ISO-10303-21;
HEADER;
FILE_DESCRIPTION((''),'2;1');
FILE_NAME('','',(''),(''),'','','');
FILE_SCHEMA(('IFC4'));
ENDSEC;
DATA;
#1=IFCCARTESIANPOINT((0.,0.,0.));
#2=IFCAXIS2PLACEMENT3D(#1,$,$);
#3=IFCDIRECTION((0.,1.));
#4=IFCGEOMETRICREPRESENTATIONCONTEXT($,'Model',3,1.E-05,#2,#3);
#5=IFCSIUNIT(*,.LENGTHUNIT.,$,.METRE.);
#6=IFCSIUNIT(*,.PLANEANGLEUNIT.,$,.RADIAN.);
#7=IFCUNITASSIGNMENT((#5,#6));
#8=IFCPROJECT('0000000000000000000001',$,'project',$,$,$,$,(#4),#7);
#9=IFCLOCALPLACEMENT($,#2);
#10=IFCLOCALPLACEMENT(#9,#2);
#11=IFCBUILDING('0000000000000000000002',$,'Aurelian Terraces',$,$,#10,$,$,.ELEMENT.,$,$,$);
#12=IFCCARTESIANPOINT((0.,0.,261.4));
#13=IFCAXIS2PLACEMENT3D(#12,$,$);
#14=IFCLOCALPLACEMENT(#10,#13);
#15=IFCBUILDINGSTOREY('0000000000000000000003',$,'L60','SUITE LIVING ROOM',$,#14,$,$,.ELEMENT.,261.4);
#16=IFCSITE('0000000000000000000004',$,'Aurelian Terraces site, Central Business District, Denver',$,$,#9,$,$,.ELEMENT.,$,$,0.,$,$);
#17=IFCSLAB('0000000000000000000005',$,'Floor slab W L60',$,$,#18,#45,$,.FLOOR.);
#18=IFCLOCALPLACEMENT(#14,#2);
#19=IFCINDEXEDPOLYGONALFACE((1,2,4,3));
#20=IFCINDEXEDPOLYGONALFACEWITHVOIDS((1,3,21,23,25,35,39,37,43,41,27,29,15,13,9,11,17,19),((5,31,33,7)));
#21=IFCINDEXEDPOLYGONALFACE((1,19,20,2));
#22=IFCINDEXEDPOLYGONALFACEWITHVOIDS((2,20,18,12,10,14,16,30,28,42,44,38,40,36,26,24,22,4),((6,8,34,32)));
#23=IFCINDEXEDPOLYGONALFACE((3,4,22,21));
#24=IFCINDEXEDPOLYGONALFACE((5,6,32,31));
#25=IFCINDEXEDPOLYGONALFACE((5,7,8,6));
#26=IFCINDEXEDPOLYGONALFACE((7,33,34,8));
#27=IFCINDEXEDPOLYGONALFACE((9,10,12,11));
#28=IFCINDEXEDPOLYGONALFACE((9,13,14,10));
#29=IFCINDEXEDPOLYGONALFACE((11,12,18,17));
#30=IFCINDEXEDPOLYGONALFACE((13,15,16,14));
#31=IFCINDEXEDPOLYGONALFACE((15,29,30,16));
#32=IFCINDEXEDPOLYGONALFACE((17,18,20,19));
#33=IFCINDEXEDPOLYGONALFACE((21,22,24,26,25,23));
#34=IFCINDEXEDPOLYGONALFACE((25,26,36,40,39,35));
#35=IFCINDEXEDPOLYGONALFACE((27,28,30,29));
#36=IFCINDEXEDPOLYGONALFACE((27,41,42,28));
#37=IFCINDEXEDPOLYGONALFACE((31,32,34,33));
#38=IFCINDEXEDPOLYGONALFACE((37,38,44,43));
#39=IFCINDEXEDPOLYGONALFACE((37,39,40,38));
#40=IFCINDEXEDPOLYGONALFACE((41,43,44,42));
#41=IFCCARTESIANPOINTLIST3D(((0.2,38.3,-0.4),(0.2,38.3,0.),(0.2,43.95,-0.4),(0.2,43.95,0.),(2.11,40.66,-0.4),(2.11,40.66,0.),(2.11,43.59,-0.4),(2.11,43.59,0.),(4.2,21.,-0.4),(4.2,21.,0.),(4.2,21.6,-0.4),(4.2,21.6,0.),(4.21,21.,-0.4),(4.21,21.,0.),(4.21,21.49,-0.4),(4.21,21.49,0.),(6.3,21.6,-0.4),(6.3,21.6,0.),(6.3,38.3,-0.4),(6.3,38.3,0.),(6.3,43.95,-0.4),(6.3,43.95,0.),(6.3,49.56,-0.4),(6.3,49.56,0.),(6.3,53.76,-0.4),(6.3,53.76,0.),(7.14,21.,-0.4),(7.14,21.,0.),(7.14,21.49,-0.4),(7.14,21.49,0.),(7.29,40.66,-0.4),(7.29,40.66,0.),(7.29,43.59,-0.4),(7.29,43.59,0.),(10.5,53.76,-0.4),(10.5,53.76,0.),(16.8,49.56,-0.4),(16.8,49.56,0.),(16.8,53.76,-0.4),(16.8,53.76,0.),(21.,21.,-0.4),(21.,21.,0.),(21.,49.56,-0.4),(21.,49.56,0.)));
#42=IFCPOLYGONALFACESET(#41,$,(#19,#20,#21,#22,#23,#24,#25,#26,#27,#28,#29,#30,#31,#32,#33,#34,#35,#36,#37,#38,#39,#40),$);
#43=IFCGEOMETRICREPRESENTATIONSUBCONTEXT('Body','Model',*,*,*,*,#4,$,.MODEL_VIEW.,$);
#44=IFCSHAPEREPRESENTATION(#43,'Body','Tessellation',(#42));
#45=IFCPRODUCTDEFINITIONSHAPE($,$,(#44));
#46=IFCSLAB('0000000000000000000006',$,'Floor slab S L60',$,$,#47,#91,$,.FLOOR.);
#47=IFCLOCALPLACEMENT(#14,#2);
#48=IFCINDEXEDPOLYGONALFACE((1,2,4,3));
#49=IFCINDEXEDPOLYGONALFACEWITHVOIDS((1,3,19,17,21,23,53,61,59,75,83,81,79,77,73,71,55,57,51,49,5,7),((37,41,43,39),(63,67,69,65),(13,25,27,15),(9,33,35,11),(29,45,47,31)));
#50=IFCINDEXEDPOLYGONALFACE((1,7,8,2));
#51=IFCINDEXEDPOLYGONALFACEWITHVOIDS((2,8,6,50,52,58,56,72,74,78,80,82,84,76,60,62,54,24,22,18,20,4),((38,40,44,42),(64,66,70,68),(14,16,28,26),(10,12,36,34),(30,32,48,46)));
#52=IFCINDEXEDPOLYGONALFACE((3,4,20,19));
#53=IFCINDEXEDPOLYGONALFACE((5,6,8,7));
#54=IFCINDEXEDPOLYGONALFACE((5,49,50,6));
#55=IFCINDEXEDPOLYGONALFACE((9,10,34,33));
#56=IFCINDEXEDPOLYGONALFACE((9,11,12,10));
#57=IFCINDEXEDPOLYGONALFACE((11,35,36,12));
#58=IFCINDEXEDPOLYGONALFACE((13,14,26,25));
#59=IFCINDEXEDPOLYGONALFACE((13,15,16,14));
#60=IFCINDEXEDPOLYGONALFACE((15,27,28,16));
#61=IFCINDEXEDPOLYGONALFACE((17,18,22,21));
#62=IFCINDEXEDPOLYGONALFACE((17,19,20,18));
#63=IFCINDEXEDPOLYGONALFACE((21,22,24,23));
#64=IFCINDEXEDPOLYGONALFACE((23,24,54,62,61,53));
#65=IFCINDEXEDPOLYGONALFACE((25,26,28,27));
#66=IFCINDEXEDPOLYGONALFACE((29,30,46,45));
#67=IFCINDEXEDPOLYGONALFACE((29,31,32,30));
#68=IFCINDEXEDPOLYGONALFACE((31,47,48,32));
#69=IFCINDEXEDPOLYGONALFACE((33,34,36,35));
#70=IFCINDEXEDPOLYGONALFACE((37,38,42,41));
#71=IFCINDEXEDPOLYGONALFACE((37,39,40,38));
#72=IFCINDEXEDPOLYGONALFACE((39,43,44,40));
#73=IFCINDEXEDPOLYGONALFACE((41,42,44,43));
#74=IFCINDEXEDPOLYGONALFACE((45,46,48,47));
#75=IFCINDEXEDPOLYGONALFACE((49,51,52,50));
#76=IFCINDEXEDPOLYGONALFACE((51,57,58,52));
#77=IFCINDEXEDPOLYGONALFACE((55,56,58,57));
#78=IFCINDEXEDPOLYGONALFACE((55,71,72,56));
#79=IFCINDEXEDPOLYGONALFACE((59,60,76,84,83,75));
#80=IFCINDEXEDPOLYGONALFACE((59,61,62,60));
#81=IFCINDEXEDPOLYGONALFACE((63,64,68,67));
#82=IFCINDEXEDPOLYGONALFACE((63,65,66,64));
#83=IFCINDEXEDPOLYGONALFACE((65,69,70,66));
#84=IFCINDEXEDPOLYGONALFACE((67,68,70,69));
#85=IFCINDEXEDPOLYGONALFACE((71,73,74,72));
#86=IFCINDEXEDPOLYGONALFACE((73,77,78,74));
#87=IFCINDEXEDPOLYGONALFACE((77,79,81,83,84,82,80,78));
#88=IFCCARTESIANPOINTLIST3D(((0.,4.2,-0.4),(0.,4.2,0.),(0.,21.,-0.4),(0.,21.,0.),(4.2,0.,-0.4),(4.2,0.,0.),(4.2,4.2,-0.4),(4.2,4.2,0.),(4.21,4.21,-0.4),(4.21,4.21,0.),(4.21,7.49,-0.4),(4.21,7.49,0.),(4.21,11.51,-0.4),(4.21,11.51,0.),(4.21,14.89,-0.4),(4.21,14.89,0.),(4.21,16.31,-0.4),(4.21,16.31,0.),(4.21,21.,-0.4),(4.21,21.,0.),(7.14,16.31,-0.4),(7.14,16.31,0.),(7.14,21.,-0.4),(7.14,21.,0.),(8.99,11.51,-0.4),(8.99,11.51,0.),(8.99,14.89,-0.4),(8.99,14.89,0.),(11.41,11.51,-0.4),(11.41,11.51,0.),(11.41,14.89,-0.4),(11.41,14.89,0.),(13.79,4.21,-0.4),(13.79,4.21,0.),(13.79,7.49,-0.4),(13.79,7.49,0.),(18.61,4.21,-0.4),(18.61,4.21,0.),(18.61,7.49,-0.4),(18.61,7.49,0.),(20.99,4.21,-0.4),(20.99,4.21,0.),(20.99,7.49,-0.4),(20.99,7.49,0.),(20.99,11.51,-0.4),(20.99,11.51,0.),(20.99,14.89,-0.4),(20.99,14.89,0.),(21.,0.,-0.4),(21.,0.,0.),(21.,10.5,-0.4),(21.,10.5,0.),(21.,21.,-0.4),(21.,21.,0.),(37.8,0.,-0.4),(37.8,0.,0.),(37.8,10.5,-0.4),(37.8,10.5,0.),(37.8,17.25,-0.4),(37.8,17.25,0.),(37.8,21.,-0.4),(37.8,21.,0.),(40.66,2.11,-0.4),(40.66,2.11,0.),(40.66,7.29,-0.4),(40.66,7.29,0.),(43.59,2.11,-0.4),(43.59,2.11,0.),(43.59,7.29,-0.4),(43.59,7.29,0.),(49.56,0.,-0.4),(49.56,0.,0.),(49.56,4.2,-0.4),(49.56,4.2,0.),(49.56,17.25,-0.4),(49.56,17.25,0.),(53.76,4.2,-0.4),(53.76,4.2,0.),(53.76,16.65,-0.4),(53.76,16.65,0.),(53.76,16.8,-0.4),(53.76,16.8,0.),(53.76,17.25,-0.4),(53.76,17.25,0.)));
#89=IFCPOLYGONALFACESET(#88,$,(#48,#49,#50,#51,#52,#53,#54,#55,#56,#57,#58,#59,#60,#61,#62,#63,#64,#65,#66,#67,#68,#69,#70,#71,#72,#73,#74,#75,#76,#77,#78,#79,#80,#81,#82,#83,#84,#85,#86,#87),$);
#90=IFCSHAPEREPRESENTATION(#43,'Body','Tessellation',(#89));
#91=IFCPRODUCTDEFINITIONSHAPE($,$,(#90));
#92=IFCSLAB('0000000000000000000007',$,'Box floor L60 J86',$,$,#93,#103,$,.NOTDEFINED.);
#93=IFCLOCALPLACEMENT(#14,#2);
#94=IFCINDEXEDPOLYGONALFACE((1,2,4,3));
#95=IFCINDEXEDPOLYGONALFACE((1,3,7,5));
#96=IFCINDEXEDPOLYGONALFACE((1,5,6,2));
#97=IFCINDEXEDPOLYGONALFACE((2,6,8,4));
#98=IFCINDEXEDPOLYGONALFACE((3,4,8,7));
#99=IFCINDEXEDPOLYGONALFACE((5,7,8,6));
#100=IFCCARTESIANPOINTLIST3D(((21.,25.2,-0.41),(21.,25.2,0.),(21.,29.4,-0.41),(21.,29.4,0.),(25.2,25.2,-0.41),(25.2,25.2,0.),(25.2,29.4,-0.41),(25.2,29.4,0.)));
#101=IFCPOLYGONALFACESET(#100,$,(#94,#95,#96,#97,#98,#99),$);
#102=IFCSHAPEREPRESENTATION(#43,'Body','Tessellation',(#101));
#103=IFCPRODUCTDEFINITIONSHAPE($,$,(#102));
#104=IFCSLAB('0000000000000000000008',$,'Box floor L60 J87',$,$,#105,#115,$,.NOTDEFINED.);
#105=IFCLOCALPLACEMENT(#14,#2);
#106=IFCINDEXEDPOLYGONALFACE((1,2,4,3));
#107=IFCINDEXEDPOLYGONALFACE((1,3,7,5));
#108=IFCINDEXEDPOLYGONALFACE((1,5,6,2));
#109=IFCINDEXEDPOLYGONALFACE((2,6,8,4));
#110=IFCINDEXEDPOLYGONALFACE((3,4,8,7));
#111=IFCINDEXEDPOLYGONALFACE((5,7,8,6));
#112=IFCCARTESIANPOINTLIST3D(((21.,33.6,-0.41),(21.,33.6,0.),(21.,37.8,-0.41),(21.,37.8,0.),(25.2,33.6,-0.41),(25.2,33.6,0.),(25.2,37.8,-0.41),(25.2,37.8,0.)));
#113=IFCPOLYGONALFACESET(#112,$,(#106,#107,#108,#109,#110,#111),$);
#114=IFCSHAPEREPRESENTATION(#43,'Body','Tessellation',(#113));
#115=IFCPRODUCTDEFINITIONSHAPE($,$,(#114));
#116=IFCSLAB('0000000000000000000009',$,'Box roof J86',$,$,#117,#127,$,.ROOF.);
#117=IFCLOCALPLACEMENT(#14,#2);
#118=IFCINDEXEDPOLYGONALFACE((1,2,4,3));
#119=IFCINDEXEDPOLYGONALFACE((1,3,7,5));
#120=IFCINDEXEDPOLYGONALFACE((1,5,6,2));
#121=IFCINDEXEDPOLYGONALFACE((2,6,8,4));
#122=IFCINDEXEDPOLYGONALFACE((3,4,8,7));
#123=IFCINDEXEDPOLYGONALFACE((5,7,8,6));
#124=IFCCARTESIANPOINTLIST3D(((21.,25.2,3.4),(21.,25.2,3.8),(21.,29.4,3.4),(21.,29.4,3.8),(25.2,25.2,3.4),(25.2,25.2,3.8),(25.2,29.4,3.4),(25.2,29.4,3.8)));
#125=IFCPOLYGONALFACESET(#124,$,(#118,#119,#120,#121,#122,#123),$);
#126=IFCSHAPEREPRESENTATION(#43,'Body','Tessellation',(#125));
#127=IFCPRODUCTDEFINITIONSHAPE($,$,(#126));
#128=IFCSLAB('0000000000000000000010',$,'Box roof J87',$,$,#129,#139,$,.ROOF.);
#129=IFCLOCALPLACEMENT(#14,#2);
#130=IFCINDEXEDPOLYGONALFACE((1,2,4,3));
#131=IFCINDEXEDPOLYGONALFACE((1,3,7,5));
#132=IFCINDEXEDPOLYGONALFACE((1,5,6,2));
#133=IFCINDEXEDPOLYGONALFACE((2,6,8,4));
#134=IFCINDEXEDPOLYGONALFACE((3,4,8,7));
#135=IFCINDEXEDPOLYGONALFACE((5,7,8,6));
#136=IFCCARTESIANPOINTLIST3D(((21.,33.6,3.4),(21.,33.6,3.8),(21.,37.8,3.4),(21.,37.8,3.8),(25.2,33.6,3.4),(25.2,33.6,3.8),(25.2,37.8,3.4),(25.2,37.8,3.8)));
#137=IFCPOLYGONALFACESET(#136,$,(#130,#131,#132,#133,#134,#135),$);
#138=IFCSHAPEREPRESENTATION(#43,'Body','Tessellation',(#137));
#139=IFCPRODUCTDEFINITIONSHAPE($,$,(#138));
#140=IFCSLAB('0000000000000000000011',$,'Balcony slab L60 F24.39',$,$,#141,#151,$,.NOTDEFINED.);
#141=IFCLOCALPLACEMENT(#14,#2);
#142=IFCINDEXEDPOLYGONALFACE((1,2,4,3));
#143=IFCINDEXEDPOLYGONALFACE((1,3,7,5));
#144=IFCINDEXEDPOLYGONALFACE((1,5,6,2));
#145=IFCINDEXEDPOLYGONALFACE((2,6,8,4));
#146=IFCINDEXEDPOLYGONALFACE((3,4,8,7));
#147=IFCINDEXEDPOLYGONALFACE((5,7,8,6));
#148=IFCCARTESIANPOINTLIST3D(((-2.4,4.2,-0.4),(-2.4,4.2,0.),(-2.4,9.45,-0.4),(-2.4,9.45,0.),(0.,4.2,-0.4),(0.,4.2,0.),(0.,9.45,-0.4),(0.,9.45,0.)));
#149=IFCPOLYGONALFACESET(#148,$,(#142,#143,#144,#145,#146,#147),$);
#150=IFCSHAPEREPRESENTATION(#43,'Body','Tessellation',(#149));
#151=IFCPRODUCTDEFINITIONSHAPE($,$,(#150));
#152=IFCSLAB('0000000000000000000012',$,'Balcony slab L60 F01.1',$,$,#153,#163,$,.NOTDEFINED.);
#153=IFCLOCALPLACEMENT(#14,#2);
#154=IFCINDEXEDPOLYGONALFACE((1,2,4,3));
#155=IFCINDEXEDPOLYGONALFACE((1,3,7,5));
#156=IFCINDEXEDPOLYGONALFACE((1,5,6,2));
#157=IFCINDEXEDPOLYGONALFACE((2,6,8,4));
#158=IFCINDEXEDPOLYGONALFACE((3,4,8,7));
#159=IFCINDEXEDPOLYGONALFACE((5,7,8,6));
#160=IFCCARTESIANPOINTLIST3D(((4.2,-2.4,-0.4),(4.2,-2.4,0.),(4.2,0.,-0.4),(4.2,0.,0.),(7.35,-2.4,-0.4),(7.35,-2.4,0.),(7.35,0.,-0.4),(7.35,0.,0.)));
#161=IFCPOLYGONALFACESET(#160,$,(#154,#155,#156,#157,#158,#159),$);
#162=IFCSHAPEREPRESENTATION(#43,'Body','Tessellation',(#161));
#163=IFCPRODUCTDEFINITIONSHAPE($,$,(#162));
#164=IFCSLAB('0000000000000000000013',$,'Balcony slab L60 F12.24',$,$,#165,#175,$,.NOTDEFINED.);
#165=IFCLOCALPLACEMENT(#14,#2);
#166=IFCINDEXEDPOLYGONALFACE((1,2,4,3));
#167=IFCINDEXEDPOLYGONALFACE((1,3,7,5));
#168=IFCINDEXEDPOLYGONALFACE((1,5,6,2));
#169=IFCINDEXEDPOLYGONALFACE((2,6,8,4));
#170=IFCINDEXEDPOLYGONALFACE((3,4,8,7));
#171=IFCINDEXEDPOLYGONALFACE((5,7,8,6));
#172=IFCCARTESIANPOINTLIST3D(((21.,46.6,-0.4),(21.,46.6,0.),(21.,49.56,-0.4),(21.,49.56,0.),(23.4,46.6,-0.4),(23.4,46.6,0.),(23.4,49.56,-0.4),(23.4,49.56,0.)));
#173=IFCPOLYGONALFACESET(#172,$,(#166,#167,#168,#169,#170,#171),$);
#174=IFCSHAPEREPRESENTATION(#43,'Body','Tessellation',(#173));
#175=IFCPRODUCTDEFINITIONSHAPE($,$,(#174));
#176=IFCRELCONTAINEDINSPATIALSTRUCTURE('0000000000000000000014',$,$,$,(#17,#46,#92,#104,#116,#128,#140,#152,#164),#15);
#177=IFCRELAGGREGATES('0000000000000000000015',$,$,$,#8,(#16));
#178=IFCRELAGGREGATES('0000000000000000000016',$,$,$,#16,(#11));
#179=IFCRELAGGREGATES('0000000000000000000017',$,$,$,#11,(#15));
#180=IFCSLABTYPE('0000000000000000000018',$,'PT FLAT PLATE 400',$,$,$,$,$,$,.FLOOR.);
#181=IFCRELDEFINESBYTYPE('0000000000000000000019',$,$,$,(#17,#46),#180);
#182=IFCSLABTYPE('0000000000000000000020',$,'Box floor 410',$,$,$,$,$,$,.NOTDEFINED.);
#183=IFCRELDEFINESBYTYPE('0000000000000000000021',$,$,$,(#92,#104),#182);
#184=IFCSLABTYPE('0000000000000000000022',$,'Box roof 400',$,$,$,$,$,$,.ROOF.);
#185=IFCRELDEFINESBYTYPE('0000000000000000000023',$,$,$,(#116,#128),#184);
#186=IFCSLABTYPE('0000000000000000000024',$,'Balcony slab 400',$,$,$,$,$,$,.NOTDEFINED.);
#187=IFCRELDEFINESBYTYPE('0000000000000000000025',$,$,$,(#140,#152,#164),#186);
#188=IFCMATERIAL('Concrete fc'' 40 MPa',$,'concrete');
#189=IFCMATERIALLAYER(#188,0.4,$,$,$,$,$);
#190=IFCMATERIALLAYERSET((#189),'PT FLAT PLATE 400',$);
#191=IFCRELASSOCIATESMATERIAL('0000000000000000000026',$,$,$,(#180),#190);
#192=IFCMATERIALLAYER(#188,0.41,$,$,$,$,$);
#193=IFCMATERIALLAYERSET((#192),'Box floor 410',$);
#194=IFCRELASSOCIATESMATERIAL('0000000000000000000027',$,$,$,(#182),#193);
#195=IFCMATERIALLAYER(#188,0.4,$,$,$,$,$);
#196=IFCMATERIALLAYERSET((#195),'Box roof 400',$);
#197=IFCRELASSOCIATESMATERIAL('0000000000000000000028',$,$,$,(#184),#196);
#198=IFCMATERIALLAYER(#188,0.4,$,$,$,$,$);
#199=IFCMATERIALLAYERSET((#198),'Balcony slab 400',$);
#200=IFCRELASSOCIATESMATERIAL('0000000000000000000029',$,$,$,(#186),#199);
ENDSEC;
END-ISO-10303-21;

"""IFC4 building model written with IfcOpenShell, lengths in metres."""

from ifc_helpers import new_model, si_unit, direction, frame, origin, place, context, subcontext, project, spatial, polyline, outline, extrude, source, transform, mapped, material, layer, layer_set, type_object, element, save


model = new_model("IFC4")

# Units and contexts
model_context = context("Model", 3, precision=1e-05, world=origin(), true_north=direction((0.0, 1.0)))
body_context = subcontext(model_context, "Body", "Model", "MODEL_VIEW")
ifc_project = project(units=[si_unit("LENGTHUNIT", "METRE"), si_unit("PLANEANGLEUNIT", "RADIAN")], contexts=[model_context])

# Site, building, storey
site_placement = place(None, origin())
site = spatial("IfcSite", under=ifc_project, at=site_placement, Name="Aurelian Terraces site, Central Business District, Denver", CompositionType="ELEMENT", RefElevation=0.0)
building_placement = place(site_placement, origin())
building = spatial("IfcBuilding", under=site, at=building_placement, Name="Aurelian Terraces", CompositionType="ELEMENT")
storey_placement = place(building_placement, frame((0.0, 0.0, 261.4)))
storey = spatial("IfcBuildingStorey", under=building, at=storey_placement, Name="L60", Description="SUITE LIVING ROOM", CompositionType="ELEMENT", Elevation=261.4)

# Slabs
ifc_material = material(Name="Concrete fc' 40 MPa", Category="concrete")
ifc_layer_1 = layer(ifc_material, 0.4)
ifc_layer_set_1 = layer_set([ifc_layer_1], Name="PT FLAT PLATE 400")
slab_type_1 = type_object("IfcSlabType", Name="PT FLAT PLATE 400", PredefinedType="FLOOR", material=ifc_layer_set_1)
shared_shape_1 = source(origin(), body_context, "Body", "SweptSolid", [
    extrude(outline(polyline([(0.2, 43.95), (6.3, 43.95), (6.3, 49.56), (6.3, 53.76), (10.5, 53.76), (16.8, 53.76), (16.8, 49.56), (21.0, 49.56), (21.0, 21.0), (7.14, 21.0), (7.14, 21.49), (4.21, 21.49), (4.21, 21.0), (4.2, 21.0), (4.2, 21.6), (6.3, 21.6), (6.3, 38.3), (0.2, 38.3), (0.2, 43.95)]), holes=[polyline([(7.29, 43.59), (2.11, 43.59), (2.11, 40.66), (7.29, 40.66), (7.29, 43.59)])]), origin(), (0.0, 0.0, 1.0), 0.4),
])
slab_1_placement = place(storey_placement, frame((0.0, 0.0, -0.4)))
element("IfcSlab", 1, at=slab_1_placement, inside=storey, type_object=slab_type_1, Name="Floor slab W L60", PredefinedType="FLOOR", context=body_context, shape_type="MappedRepresentation", body=[
    mapped(shared_shape_1, transform((0.0, 0.0, 0.0), scale=1.0)),
])
shared_shape_2 = source(origin(), body_context, "Body", "SweptSolid", [
    extrude(outline(polyline([(49.56, 4.2), (49.56, 0.0), (37.8, 0.0), (37.8, 10.5), (21.0, 10.5), (21.0, 0.0), (4.2, 0.0), (4.2, 4.2), (0.0, 4.2), (0.0, 21.0), (4.21, 21.0), (4.21, 16.31), (7.14, 16.31), (7.14, 21.0), (21.0, 21.0), (37.8, 21.0), (37.8, 17.25), (49.56, 17.25), (53.76, 17.25), (53.76, 16.8), (53.76, 16.65), (53.76, 4.2), (49.56, 4.2)]), holes=[polyline([(40.66, 2.11), (43.59, 2.11), (43.59, 7.29), (40.66, 7.29), (40.66, 2.11)]), polyline([(18.61, 7.49), (18.61, 4.21), (20.99, 4.21), (20.99, 7.49), (18.61, 7.49)]), polyline([(20.99, 14.89), (11.41, 14.89), (11.41, 11.51), (20.99, 11.51), (20.99, 14.89)]), polyline([(4.21, 7.49), (4.21, 4.21), (13.79, 4.21), (13.79, 7.49), (4.21, 7.49)]), polyline([(4.21, 14.89), (4.21, 11.51), (8.99, 11.51), (8.99, 14.89), (4.21, 14.89)])]), origin(), (0.0, 0.0, 1.0), 0.4),
])
slab_2_placement = place(storey_placement, frame((0.0, 0.0, -0.4)))
element("IfcSlab", 2, at=slab_2_placement, inside=storey, type_object=slab_type_1, Name="Floor slab S L60", PredefinedType="FLOOR", context=body_context, shape_type="MappedRepresentation", body=[
    mapped(shared_shape_2, transform((0.0, 0.0, 0.0), scale=1.0)),
])
ifc_layer_2 = layer(ifc_material, 0.41)
ifc_layer_set_2 = layer_set([ifc_layer_2], Name="Box floor 410")
slab_type_2 = type_object("IfcSlabType", Name="Box floor 410", PredefinedType="NOTDEFINED", material=ifc_layer_set_2)
shared_shape_3 = source(origin(), body_context, "Body", "SweptSolid", [
    extrude(outline(polyline([(25.2, 25.2), (25.2, 29.4), (21.0, 29.4), (21.0, 25.2), (25.2, 25.2)])), origin(), (0.0, 0.0, 1.0), 0.41),
])
slab_3_placement = place(storey_placement, frame((0.0, 0.0, -0.41)))
element("IfcSlab", 3, at=slab_3_placement, inside=storey, type_object=slab_type_2, Name="Box floor L60 J86", PredefinedType="NOTDEFINED", context=body_context, shape_type="MappedRepresentation", body=[
    mapped(shared_shape_3, transform((0.0, 0.0, 0.0), scale=1.0)),
])
shared_shape_4 = source(origin(), body_context, "Body", "SweptSolid", [
    extrude(outline(polyline([(25.2, 33.6), (25.2, 37.8), (21.0, 37.8), (21.0, 33.6), (25.2, 33.6)])), origin(), (0.0, 0.0, 1.0), 0.41),
])
slab_4_placement = place(storey_placement, frame((0.0, 0.0, -0.41)))
element("IfcSlab", 4, at=slab_4_placement, inside=storey, type_object=slab_type_2, Name="Box floor L60 J87", PredefinedType="NOTDEFINED", context=body_context, shape_type="MappedRepresentation", body=[
    mapped(shared_shape_4, transform((0.0, 0.0, 0.0), scale=1.0)),
])
ifc_layer_3 = layer(ifc_material, 0.4)
ifc_layer_set_3 = layer_set([ifc_layer_3], Name="Box roof 400")
slab_type_3 = type_object("IfcSlabType", Name="Box roof 400", PredefinedType="ROOF", material=ifc_layer_set_3)
shared_shape_5 = source(origin(), body_context, "Body", "SweptSolid", [
    extrude(outline(polyline([(25.2, 25.2), (25.2, 29.4), (21.0, 29.4), (21.0, 25.2), (25.2, 25.2)])), origin(), (0.0, 0.0, 1.0), 0.4),
])
slab_5_placement = place(storey_placement, frame((0.0, 0.0, 3.4)))
element("IfcSlab", 5, at=slab_5_placement, inside=storey, type_object=slab_type_3, Name="Box roof J86", PredefinedType="ROOF", context=body_context, shape_type="MappedRepresentation", body=[
    mapped(shared_shape_5, transform((0.0, 0.0, 0.0), scale=1.0)),
])
shared_shape_6 = source(origin(), body_context, "Body", "SweptSolid", [
    extrude(outline(polyline([(25.2, 33.6), (25.2, 37.8), (21.0, 37.8), (21.0, 33.6), (25.2, 33.6)])), origin(), (0.0, 0.0, 1.0), 0.4),
])
slab_6_placement = place(storey_placement, frame((0.0, 0.0, 3.4)))
element("IfcSlab", 6, at=slab_6_placement, inside=storey, type_object=slab_type_3, Name="Box roof J87", PredefinedType="ROOF", context=body_context, shape_type="MappedRepresentation", body=[
    mapped(shared_shape_6, transform((0.0, 0.0, 0.0), scale=1.0)),
])
ifc_layer_4 = layer(ifc_material, 0.4)
ifc_layer_set_4 = layer_set([ifc_layer_4], Name="Balcony slab 400")
slab_type_4 = type_object("IfcSlabType", Name="Balcony slab 400", PredefinedType="NOTDEFINED", material=ifc_layer_set_4)
shared_shape_7 = source(origin(), body_context, "Body", "SweptSolid", [
    extrude(outline(polyline([(0.0, 9.45), (0.0, 4.2), (-2.4, 4.2), (-2.4, 9.45), (0.0, 9.45)])), origin(), (0.0, 0.0, 1.0), 0.4),
])
slab_7_placement = place(storey_placement, frame((0.0, 0.0, -0.4)))
element("IfcSlab", 7, at=slab_7_placement, inside=storey, type_object=slab_type_4, Name="Balcony slab L60 F24.39", PredefinedType="NOTDEFINED", context=body_context, shape_type="MappedRepresentation", body=[
    mapped(shared_shape_7, transform((0.0, 0.0, 0.0), scale=1.0)),
])
shared_shape_8 = source(origin(), body_context, "Body", "SweptSolid", [
    extrude(outline(polyline([(4.2, 0.0), (7.35, 0.0), (7.35, -2.4), (4.2, -2.4), (4.2, 0.0)])), origin(), (0.0, 0.0, 1.0), 0.4),
])
slab_8_placement = place(storey_placement, frame((0.0, 0.0, -0.4)))
element("IfcSlab", 8, at=slab_8_placement, inside=storey, type_object=slab_type_4, Name="Balcony slab L60 F01.1", PredefinedType="NOTDEFINED", context=body_context, shape_type="MappedRepresentation", body=[
    mapped(shared_shape_8, transform((0.0, 0.0, 0.0), scale=1.0)),
])
shared_shape_9 = source(origin(), body_context, "Body", "SweptSolid", [
    extrude(outline(polyline([(21.0, 46.6), (21.0, 49.56), (23.4, 49.56), (23.4, 46.6), (21.0, 46.6)])), origin(), (0.0, 0.0, 1.0), 0.4),
])
slab_9_placement = place(storey_placement, frame((0.0, 0.0, -0.4)))
element("IfcSlab", 9, at=slab_9_placement, inside=storey, type_object=slab_type_4, Name="Balcony slab L60 F12.24", PredefinedType="NOTDEFINED", context=body_context, shape_type="MappedRepresentation", body=[
    mapped(shared_shape_9, transform((0.0, 0.0, 0.0), scale=1.0)),
])

save(model, "model.ifc")
